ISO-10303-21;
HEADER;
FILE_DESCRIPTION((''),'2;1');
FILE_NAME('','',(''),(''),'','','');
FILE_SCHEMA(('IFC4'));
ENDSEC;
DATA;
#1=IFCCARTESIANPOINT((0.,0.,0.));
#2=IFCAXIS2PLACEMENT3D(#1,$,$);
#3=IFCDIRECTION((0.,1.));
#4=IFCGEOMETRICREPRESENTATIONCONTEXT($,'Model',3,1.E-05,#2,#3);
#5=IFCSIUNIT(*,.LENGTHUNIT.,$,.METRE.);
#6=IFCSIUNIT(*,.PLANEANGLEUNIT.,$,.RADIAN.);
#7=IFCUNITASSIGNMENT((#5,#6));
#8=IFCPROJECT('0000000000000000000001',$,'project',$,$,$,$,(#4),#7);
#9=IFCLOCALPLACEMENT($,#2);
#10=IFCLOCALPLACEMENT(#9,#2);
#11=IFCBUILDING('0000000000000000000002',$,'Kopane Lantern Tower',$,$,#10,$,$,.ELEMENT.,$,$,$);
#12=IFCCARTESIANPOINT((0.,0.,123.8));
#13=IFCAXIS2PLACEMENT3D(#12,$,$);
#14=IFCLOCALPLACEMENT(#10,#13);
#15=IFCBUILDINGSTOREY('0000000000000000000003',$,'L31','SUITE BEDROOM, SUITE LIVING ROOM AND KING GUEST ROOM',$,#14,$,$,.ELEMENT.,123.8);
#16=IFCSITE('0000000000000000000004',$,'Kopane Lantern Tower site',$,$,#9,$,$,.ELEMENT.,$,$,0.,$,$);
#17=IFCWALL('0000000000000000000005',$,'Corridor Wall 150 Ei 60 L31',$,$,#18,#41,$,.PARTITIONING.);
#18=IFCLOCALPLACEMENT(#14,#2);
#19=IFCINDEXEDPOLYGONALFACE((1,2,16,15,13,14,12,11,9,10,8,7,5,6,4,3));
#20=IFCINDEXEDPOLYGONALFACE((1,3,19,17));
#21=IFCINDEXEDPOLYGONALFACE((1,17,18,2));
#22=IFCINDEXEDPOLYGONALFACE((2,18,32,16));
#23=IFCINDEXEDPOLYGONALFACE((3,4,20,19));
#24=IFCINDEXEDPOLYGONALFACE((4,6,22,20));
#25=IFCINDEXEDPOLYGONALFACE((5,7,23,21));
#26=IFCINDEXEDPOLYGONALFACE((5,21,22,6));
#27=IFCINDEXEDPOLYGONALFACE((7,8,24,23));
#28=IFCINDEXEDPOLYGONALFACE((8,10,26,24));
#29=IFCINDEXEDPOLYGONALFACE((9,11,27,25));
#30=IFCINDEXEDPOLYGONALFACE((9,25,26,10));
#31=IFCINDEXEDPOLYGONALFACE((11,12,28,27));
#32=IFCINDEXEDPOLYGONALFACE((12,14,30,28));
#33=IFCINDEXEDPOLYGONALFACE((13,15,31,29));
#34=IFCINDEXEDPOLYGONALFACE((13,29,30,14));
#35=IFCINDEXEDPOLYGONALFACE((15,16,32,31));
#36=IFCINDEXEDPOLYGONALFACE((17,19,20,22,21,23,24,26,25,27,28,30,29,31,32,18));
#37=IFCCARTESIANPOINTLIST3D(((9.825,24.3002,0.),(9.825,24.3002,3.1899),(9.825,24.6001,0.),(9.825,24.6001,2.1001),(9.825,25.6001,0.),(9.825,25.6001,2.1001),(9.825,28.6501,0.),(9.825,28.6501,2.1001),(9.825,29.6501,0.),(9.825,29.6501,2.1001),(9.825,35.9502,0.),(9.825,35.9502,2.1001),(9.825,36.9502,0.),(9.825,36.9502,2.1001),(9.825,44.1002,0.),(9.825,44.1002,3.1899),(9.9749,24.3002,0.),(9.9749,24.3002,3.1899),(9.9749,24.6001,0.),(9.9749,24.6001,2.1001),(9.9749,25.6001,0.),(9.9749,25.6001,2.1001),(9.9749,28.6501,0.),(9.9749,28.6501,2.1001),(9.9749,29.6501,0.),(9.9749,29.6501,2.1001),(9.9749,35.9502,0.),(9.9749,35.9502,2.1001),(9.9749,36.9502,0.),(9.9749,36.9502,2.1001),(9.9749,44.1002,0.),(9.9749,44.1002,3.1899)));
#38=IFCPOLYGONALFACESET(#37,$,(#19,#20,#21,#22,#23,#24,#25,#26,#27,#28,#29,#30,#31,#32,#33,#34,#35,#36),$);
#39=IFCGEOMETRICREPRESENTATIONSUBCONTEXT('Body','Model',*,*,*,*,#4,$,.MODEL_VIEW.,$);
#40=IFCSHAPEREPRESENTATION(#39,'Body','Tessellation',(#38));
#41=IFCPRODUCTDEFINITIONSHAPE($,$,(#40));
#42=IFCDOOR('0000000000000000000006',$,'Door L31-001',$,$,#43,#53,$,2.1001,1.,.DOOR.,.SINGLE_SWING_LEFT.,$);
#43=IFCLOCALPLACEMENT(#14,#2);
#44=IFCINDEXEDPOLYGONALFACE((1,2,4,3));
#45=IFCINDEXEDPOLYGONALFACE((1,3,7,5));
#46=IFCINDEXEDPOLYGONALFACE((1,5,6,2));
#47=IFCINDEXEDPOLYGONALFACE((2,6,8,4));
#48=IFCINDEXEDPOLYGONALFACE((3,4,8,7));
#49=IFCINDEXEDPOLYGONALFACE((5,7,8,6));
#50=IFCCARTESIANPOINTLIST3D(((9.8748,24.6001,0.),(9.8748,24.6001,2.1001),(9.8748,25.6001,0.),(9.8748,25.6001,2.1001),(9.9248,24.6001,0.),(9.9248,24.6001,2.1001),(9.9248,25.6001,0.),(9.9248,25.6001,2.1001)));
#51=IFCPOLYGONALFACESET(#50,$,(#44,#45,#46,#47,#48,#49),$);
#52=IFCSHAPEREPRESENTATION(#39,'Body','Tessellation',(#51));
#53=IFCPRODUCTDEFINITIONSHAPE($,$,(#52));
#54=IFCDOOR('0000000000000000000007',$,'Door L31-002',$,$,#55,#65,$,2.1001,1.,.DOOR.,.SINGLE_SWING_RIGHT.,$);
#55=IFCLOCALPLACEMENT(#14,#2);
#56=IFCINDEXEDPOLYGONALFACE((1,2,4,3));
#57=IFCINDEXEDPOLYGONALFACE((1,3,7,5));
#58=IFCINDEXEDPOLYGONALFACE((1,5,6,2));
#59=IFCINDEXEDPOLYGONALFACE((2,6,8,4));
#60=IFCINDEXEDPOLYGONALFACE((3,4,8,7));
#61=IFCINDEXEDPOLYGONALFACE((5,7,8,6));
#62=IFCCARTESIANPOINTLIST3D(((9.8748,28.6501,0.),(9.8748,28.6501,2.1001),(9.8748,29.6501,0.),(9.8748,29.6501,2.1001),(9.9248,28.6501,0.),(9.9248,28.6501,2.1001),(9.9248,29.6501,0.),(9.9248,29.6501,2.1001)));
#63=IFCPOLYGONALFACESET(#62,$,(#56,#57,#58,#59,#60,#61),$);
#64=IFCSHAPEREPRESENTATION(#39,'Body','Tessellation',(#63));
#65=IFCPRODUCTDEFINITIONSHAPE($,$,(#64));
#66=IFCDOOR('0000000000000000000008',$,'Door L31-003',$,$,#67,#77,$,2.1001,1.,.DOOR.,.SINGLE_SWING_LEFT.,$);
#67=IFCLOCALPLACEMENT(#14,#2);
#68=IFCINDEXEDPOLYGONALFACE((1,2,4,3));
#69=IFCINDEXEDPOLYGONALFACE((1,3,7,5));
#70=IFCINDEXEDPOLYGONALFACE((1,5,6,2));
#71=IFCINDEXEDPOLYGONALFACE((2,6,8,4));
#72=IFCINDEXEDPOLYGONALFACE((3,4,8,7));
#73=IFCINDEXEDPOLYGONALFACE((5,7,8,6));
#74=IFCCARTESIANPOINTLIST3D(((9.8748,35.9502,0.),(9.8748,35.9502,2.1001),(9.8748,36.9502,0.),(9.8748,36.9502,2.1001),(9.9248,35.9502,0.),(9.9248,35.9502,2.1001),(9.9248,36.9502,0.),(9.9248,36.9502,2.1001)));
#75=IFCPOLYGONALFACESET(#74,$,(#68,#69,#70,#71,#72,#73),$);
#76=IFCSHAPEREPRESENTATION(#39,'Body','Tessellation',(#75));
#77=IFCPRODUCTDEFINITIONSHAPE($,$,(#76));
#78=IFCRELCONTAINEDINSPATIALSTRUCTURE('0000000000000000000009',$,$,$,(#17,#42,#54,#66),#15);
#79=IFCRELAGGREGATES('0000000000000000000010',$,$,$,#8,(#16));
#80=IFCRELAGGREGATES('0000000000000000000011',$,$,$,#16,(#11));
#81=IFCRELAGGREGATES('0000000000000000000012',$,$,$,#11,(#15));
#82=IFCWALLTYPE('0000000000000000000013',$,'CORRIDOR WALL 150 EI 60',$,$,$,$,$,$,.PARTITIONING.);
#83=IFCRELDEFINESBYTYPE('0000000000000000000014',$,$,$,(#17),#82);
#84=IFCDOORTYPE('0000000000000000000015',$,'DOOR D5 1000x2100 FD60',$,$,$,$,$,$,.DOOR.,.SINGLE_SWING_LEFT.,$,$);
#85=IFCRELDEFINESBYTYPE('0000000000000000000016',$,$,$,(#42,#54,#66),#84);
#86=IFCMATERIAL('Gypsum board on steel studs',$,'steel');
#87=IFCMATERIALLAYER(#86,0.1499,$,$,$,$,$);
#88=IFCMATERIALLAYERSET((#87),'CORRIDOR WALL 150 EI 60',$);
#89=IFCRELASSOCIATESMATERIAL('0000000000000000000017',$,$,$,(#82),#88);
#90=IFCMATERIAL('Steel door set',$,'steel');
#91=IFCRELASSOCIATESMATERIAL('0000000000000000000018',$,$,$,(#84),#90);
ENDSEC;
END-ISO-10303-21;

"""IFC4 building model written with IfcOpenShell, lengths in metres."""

from ifc_helpers import new_model, si_unit, direction, frame, frame_2d, origin, place, context, subcontext, project, spatial, rectangle, extrude, material, layer, layer_set, type_object, element, fill, save


model = new_model("IFC4")

# Units and contexts
model_context = context("Model", 3, precision=1e-05, world=origin(), true_north=direction((0.0, 1.0)))
body_context = subcontext(model_context, "Body", "Model", "MODEL_VIEW")
ifc_project = project(units=[si_unit("LENGTHUNIT", "METRE"), si_unit("PLANEANGLEUNIT", "RADIAN")], contexts=[model_context])

# Site, building, storey
site_placement = place(None, origin())
site = spatial("IfcSite", under=ifc_project, at=site_placement, Name="Kopane Lantern Tower site", CompositionType="ELEMENT", RefElevation=0.0)
building_placement = place(site_placement, origin())
building = spatial("IfcBuilding", under=site, at=building_placement, Name="Kopane Lantern Tower", CompositionType="ELEMENT")
storey_placement = place(building_placement, frame((0.0, 0.0, 123.8)))
storey = spatial("IfcBuildingStorey", under=building, at=storey_placement, Name="L31", Description="SUITE BEDROOM, SUITE LIVING ROOM AND KING GUEST ROOM", CompositionType="ELEMENT", Elevation=123.8)

# Wall, openings, doors
ifc_material_1 = material(Name="Gypsum board on steel studs", Category="steel")
ifc_layer_1 = layer(ifc_material_1, 0.1499)
ifc_layer_set_1 = layer_set([ifc_layer_1], Name="CORRIDOR WALL 150 EI 60")
wall_type_1 = type_object("IfcWallType", Name="CORRIDOR WALL 150 EI 60", PredefinedType="PARTITIONING", material=ifc_layer_set_1)
wall_1_placement = place(storey_placement, frame((9.8999, 44.1001, 0.0), z_axis=(0.0, 0.0, 1.0), x_axis=(0.0, -1.0, 0.0)))
wall_1 = element("IfcWall", 1, at=wall_1_placement, inside=storey, type_object=wall_type_1, Name="Corridor Wall 150 Ei 60 L31", PredefinedType="PARTITIONING", context=body_context, shape_type="SweptSolid", body=[
    extrude(rectangle(XDim=19.8, YDim=0.1499, at=frame_2d((9.8999, 0.0))), origin(), (0.0, 0.0, 1.0), 3.1899),
])
opening_1_placement = place(wall_1_placement, frame((18.5, 0.0, 0.0)))
opening_1 = element("IfcOpeningElement", 2, at=opening_1_placement, cuts=wall_1, PredefinedType="OPENING", context=body_context, shape_type="SweptSolid", body=[
    extrude(rectangle(XDim=1.0, YDim=2.1001, at=frame_2d((0.5, 1.05))), frame((0.0, 0.085, 0.0), z_axis=(0.0, -1.0, 0.0), x_axis=(1.0, 0.0, 0.0)), (0.0, 0.0, 1.0), 0.1699),
])
opening_2_placement = place(wall_1_placement, frame((14.45, 0.0, 0.0)))
opening_2 = element("IfcOpeningElement", 3, at=opening_2_placement, cuts=wall_1, PredefinedType="OPENING", context=body_context, shape_type="SweptSolid", body=[
    extrude(rectangle(XDim=1.0, YDim=2.1001, at=frame_2d((0.5, 1.05))), frame((0.0, 0.085, 0.0), z_axis=(0.0, -1.0, 0.0), x_axis=(1.0, 0.0, 0.0)), (0.0, 0.0, 1.0), 0.1699),
])
opening_3_placement = place(wall_1_placement, frame((7.1499, 0.0, 0.0)))
opening_3 = element("IfcOpeningElement", 4, at=opening_3_placement, cuts=wall_1, PredefinedType="OPENING", context=body_context, shape_type="SweptSolid", body=[
    extrude(rectangle(XDim=1.0, YDim=2.1001, at=frame_2d((0.5, 1.05))), frame((0.0, 0.085, 0.0), z_axis=(0.0, -1.0, 0.0), x_axis=(1.0, 0.0, 0.0)), (0.0, 0.0, 1.0), 0.1699),
])
ifc_material_2 = material(Name="Steel door set", Category="steel")
door_type_1 = type_object("IfcDoorType", Name="DOOR D5 1000x2100 FD60", OperationType="SINGLE_SWING_LEFT", PredefinedType="DOOR", material=ifc_material_2)
door_1_placement = place(opening_1_placement, origin())
door_1 = element("IfcDoor", 5, at=door_1_placement, inside=storey, type_object=door_type_1, Name="Door L31-001", OperationType="SINGLE_SWING_LEFT", OverallHeight=2.1001, OverallWidth=1.0, PredefinedType="DOOR", context=body_context, shape_type="SweptSolid", body=[
    extrude(rectangle(XDim=1.0, YDim=2.1001, at=frame_2d((0.5, 1.05))), frame((0.0, 0.0249, 0.0), z_axis=(0.0, -1.0, 0.0), x_axis=(1.0, 0.0, 0.0)), (0.0, 0.0, 1.0), 0.05),
])
fill(opening_1, door_1)
door_2_placement = place(opening_2_placement, origin())
door_2 = element("IfcDoor", 6, at=door_2_placement, inside=storey, type_object=door_type_1, Name="Door L31-002", OperationType="SINGLE_SWING_RIGHT", OverallHeight=2.1001, OverallWidth=1.0, PredefinedType="DOOR", context=body_context, shape_type="SweptSolid", body=[
    extrude(rectangle(XDim=1.0, YDim=2.1001, at=frame_2d((0.5, 1.05))), frame((0.0, 0.0249, 0.0), z_axis=(0.0, -1.0, 0.0), x_axis=(1.0, 0.0, 0.0)), (0.0, 0.0, 1.0), 0.05),
])
fill(opening_2, door_2)
door_3_placement = place(opening_3_placement, origin())
door_3 = element("IfcDoor", 7, at=door_3_placement, inside=storey, type_object=door_type_1, Name="Door L31-003", OperationType="SINGLE_SWING_LEFT", OverallHeight=2.1001, OverallWidth=1.0, PredefinedType="DOOR", context=body_context, shape_type="SweptSolid", body=[
    extrude(rectangle(XDim=1.0, YDim=2.1001, at=frame_2d((0.5, 1.05))), frame((0.0, 0.0249, 0.0), z_axis=(0.0, -1.0, 0.0), x_axis=(1.0, 0.0, 0.0)), (0.0, 0.0, 1.0), 0.05),
])
fill(opening_3, door_3)

save(model, "model.ifc")
